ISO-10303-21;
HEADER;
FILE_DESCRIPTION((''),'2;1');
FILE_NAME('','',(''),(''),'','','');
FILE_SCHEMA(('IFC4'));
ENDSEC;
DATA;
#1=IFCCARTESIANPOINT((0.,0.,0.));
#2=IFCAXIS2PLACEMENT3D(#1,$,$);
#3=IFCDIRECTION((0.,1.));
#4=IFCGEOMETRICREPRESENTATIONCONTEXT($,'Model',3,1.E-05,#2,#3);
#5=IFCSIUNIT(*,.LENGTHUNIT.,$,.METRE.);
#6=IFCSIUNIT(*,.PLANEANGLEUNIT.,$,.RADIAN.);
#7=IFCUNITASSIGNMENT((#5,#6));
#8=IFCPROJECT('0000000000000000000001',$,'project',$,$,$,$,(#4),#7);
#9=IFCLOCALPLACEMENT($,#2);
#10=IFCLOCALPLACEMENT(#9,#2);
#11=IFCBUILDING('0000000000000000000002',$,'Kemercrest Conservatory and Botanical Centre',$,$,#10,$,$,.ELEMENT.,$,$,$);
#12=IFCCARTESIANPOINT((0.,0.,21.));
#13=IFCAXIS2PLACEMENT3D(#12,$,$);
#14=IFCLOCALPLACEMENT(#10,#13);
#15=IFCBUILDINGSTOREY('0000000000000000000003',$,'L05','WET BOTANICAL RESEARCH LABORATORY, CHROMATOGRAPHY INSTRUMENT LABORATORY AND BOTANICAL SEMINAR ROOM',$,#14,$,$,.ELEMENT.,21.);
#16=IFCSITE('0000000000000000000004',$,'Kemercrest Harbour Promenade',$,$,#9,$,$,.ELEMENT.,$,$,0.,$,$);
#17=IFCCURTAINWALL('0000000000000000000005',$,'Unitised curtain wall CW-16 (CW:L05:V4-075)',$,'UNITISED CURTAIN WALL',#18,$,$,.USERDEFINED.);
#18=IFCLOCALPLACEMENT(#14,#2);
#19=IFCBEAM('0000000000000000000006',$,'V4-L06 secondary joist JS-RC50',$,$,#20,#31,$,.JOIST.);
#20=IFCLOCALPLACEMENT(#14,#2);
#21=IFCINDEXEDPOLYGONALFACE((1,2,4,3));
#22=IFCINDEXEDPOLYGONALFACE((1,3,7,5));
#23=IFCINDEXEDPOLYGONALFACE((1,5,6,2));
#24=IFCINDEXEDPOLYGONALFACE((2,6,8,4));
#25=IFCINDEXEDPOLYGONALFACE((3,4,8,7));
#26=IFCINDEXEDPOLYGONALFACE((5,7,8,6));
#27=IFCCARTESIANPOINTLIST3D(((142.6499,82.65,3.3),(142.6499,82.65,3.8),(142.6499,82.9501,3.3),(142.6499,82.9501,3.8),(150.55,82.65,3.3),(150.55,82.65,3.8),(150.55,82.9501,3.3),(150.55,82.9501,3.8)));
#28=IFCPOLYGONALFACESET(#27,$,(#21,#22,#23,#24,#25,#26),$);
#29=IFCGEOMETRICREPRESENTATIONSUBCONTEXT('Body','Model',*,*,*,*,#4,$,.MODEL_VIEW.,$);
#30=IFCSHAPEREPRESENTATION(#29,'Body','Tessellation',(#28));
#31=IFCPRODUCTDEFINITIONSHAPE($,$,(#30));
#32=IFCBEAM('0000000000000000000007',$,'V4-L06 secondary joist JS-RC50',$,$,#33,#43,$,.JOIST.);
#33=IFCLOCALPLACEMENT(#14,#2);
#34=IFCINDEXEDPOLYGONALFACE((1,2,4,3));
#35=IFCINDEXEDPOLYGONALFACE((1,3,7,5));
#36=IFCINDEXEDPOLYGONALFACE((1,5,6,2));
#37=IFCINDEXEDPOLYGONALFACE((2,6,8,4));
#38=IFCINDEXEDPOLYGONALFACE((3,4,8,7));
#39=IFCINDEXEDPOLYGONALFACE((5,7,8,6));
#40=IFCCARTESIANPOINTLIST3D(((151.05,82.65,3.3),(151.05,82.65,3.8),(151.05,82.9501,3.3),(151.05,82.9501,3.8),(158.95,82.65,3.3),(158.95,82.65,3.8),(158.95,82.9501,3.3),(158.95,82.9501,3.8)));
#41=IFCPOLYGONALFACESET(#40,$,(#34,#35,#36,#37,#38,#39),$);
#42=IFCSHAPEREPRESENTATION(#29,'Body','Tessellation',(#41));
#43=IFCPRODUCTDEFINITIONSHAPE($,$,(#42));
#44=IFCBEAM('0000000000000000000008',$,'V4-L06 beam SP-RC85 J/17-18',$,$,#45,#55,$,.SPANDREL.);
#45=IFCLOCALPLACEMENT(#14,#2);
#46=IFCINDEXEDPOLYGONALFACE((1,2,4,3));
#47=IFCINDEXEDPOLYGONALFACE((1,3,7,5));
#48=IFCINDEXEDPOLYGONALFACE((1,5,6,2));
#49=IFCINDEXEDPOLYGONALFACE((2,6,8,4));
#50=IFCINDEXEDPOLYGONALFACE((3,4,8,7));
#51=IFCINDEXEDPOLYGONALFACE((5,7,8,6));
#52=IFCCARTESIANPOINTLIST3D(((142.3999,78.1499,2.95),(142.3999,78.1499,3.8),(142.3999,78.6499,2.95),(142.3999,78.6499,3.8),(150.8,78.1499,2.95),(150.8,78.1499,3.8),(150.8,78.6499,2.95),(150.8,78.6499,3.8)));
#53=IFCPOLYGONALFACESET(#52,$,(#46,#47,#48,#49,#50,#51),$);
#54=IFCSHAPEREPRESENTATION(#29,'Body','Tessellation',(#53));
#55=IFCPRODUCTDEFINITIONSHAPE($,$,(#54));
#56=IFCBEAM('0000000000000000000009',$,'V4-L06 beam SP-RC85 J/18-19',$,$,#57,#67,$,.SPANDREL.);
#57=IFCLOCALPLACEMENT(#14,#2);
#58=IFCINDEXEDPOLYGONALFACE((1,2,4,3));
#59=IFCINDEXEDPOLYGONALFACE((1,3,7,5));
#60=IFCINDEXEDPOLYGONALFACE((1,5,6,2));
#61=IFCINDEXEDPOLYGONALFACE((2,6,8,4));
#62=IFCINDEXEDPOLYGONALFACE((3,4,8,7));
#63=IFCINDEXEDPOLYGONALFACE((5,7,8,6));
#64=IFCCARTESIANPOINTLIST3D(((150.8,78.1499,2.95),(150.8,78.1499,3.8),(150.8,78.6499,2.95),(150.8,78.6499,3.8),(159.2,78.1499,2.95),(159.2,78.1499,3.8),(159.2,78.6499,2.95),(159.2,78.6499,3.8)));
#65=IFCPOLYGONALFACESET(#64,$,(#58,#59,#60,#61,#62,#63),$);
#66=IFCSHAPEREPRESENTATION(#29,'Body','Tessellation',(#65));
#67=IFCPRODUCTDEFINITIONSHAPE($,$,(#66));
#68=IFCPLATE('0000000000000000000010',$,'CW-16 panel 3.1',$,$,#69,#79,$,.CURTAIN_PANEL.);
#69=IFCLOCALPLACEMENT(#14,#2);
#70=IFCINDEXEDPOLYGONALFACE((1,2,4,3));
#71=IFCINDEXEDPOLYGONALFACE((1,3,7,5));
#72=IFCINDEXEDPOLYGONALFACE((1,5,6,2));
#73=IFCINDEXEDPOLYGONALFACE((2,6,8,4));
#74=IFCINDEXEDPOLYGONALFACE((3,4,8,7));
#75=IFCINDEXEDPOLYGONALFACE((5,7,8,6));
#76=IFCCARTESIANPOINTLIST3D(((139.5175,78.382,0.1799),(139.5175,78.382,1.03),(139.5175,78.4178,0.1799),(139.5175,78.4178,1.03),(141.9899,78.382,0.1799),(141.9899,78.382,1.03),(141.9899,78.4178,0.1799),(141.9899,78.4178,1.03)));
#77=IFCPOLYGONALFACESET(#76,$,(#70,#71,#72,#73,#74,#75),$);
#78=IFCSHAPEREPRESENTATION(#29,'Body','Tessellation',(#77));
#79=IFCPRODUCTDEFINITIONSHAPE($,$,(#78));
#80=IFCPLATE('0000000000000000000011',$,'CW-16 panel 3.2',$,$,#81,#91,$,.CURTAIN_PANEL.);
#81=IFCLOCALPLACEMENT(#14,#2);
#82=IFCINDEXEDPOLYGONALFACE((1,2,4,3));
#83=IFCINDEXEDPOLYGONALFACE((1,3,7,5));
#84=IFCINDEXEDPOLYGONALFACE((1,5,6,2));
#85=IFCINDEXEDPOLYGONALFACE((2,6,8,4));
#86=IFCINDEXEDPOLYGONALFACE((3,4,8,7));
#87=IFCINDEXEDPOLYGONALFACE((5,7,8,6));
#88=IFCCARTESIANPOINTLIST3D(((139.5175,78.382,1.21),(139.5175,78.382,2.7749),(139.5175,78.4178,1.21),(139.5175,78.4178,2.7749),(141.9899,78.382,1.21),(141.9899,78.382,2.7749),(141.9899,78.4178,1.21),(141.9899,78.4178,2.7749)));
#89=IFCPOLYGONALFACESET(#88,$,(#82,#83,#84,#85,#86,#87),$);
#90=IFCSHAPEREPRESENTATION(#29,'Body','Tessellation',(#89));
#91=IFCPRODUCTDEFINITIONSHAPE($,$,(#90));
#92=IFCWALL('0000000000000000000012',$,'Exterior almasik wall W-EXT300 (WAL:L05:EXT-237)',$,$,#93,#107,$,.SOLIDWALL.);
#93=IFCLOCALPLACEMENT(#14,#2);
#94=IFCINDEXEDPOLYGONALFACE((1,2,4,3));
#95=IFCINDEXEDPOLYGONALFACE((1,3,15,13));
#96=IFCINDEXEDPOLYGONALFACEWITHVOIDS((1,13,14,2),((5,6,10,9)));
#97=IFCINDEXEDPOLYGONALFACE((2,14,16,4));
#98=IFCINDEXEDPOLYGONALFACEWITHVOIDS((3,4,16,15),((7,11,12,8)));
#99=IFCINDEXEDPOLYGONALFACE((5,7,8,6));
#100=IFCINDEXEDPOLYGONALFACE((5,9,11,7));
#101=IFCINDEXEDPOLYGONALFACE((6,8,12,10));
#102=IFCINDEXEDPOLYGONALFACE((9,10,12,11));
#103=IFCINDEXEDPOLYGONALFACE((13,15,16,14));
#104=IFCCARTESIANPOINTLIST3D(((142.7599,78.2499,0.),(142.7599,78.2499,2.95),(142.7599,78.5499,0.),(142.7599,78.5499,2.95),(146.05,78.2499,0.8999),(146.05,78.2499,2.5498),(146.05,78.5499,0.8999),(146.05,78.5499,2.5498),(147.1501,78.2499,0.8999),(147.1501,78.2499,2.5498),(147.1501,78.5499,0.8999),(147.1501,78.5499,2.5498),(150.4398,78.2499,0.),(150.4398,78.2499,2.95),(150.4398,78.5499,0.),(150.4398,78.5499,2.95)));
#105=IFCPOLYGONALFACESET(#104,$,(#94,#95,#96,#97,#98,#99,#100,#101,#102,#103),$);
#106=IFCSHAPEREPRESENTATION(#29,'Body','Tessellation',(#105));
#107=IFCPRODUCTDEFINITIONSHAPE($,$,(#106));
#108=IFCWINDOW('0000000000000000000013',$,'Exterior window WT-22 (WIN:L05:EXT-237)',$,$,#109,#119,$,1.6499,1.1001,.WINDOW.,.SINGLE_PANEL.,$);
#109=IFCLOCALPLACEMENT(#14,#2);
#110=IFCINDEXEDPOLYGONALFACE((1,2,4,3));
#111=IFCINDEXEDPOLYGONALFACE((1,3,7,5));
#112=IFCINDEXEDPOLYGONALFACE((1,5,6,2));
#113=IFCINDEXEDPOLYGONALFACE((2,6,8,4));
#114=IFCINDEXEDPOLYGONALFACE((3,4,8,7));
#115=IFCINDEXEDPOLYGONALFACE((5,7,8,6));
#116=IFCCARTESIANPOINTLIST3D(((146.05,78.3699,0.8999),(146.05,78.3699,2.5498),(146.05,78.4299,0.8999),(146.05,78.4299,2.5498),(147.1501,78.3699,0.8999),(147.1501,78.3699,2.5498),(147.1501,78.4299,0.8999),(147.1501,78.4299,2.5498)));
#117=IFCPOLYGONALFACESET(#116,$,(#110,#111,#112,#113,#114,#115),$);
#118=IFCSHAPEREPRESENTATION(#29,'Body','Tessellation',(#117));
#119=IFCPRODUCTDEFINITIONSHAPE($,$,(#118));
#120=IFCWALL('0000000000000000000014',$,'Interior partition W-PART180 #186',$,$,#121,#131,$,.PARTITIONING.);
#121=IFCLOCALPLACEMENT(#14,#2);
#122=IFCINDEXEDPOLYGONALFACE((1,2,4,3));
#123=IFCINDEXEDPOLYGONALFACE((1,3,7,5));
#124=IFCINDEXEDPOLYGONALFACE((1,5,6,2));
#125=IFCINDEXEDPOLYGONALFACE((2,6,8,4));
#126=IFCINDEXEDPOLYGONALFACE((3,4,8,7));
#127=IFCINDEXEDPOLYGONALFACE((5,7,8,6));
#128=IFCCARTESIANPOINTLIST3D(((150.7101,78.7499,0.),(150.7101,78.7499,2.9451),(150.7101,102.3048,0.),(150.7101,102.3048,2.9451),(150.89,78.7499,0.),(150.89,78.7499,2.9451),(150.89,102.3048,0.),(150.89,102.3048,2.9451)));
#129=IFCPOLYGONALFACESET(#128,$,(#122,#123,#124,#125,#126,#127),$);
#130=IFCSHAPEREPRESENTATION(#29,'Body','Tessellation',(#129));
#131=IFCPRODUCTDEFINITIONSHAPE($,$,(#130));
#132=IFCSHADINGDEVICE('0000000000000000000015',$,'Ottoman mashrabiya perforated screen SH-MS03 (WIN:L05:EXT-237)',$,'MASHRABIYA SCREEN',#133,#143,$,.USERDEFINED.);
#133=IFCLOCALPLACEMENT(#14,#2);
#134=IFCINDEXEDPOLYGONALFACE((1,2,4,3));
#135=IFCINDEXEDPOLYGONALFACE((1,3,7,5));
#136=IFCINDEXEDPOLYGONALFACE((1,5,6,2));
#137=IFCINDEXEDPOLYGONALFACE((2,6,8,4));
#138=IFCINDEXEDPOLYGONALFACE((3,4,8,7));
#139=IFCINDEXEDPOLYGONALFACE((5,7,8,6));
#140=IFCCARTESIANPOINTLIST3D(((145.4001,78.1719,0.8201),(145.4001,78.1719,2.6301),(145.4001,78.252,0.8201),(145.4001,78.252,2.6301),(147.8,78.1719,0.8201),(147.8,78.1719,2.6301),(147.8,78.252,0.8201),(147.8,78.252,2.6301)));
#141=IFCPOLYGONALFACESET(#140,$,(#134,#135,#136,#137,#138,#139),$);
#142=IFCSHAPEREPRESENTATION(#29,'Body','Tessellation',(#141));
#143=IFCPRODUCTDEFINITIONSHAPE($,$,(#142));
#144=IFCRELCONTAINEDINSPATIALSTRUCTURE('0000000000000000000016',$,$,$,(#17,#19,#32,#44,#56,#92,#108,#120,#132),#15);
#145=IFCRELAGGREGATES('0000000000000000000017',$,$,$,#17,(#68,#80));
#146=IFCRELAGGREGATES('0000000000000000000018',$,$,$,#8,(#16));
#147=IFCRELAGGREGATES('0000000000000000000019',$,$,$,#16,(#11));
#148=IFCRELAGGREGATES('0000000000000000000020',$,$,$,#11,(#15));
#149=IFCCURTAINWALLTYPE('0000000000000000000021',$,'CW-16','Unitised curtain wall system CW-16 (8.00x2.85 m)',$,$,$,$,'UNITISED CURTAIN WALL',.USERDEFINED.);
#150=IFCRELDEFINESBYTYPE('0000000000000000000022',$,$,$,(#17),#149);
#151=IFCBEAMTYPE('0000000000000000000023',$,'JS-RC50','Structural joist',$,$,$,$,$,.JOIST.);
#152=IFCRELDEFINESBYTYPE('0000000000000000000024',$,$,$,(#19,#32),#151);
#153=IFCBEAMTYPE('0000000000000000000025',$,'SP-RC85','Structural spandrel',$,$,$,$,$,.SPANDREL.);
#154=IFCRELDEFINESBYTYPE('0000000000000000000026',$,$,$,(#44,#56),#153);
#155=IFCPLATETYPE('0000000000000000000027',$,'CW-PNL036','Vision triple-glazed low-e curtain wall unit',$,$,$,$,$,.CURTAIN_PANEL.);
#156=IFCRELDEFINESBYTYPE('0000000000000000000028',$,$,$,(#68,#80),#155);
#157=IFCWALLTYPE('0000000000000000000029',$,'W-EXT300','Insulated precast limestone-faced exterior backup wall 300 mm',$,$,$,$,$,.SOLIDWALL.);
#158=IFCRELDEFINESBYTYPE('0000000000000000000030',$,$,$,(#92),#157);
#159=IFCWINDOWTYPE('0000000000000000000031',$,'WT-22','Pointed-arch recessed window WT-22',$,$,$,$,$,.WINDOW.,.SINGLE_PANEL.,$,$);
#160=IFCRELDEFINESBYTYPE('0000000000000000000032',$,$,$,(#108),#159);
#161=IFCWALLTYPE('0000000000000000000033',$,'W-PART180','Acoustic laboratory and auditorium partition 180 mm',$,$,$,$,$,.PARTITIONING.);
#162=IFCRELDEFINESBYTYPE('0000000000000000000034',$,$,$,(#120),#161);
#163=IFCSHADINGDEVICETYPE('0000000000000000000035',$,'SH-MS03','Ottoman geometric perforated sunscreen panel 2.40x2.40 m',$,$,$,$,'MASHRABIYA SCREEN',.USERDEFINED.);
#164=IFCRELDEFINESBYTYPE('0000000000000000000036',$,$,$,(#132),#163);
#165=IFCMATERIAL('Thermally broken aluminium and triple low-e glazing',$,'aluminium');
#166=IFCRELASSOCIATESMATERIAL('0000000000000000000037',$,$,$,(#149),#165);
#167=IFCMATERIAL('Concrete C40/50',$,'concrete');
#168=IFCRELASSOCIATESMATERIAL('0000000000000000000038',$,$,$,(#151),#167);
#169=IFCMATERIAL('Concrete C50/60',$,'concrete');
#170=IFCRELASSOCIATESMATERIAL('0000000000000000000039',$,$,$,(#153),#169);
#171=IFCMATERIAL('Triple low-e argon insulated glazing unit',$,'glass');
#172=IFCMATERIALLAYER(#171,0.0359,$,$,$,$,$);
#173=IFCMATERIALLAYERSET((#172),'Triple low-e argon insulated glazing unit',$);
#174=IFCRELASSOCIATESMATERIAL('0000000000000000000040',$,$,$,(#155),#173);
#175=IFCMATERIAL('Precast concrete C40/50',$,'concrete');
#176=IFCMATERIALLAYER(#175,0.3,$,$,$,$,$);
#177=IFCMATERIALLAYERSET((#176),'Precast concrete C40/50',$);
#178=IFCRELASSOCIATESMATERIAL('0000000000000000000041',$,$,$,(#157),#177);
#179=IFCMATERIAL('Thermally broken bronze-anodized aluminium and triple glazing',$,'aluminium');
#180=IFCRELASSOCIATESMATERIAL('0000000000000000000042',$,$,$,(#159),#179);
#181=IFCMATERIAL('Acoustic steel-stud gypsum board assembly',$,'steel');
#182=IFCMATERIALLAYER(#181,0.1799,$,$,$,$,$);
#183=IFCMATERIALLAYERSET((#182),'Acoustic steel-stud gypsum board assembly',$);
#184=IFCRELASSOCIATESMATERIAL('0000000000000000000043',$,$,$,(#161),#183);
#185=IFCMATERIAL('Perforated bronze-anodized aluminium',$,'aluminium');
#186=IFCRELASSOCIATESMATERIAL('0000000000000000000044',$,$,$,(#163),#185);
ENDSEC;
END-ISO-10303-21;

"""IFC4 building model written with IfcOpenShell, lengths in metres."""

from ifc_helpers import new_model, si_unit, direction, frame, frame_2d, origin, origin_2d, place, context, subcontext, project, spatial, rectangle, extrude, material, layer, layer_set, material_profile, profile_set, type_object, element, fill, aggregate, save


model = new_model("IFC4")

# Units and contexts
model_context = context("Model", 3, precision=1e-05, world=origin(), true_north=direction((0.0, 1.0)))
body_context = subcontext(model_context, "Body", "Model", "MODEL_VIEW")
ifc_project = project(units=[si_unit("LENGTHUNIT", "METRE"), si_unit("PLANEANGLEUNIT", "RADIAN")], contexts=[model_context])

# Site, building, storey
site_placement = place(None, origin())
site = spatial("IfcSite", under=ifc_project, at=site_placement, Name="Kemercrest Harbour Promenade", CompositionType="ELEMENT", RefElevation=0.0)
building_placement = place(site_placement, origin())
building = spatial("IfcBuilding", under=site, at=building_placement, Name="Kemercrest Conservatory and Botanical Centre", CompositionType="ELEMENT")
storey_placement = place(building_placement, frame((0.0, 0.0, 21.0)))
storey = spatial("IfcBuildingStorey", under=building, at=storey_placement, Name="L05", Description="WET BOTANICAL RESEARCH LABORATORY, CHROMATOGRAPHY INSTRUMENT LABORATORY AND BOTANICAL SEMINAR ROOM", CompositionType="ELEMENT", Elevation=21.0)

# Shared definitions
ifc_material_1 = material(Name="Concrete C50/60", Category="concrete")

# Curtain wall
ifc_material_2 = material(Name="Thermally broken aluminium and triple low-e glazing", Category="aluminium")
curtain_wall_type_1 = type_object("IfcCurtainWallType", Name="CW-16", Description="Unitised curtain wall system CW-16 (8.00x2.85 m)", ElementType="UNITISED CURTAIN WALL", PredefinedType="USERDEFINED", material=ifc_material_2)
curtain_wall_1_placement = place(storey_placement, origin())
curtain_wall_1 = element("IfcCurtainWall", 1, at=curtain_wall_1_placement, inside=storey, type_object=curtain_wall_type_1, Name="Unitised curtain wall CW-16 (CW:L05:V4-075)", ObjectType="UNITISED CURTAIN WALL", PredefinedType="USERDEFINED")

# Beams
ifc_material_3 = material(Name="Concrete C40/50", Category="concrete")
ifc_material_profile_1 = material_profile(ifc_material_3, rectangle(XDim=0.3, YDim=0.5, at=origin_2d()), Name="RC 300x500")
ifc_profile_set_1 = profile_set([ifc_material_profile_1], Name="Concrete C40/50")
beam_type_1 = type_object("IfcBeamType", Name="JS-RC50", Description="Structural joist", PredefinedType="JOIST", material=ifc_profile_set_1)
beam_1_placement = place(storey_placement, frame((142.6499, 82.8, 3.55), z_axis=(1.0, 0.0, 0.0), x_axis=(0.0, 1.0, 0.0)))
element("IfcBeam", 2, at=beam_1_placement, inside=storey, type_object=beam_type_1, Name="V4-L06 secondary joist JS-RC50", PredefinedType="JOIST", context=body_context, shape_type="SweptSolid", body=[
    extrude(rectangle(XDim=0.3, YDim=0.5, at=origin_2d()), origin(), (0.0, 0.0, 1.0), 7.9001),
])
beam_2_placement = place(storey_placement, frame((151.05, 82.8, 3.55), z_axis=(1.0, 0.0, 0.0), x_axis=(0.0, 1.0, 0.0)))
element("IfcBeam", 3, at=beam_2_placement, inside=storey, type_object=beam_type_1, Name="V4-L06 secondary joist JS-RC50", PredefinedType="JOIST", context=body_context, shape_type="SweptSolid", body=[
    extrude(rectangle(XDim=0.3, YDim=0.5, at=origin_2d()), origin(), (0.0, 0.0, 1.0), 7.8999),
])
ifc_material_profile_2 = material_profile(ifc_material_1, rectangle(XDim=0.5, YDim=0.8501, at=origin_2d()), Name="RC 500x850")
ifc_profile_set_2 = profile_set([ifc_material_profile_2], Name="Concrete C50/60")
beam_type_2 = type_object("IfcBeamType", Name="SP-RC85", Description="Structural spandrel", PredefinedType="SPANDREL", material=ifc_profile_set_2)
beam_3_placement = place(storey_placement, frame((142.3999, 78.3999, 3.375), z_axis=(1.0, 0.0, 0.0), x_axis=(0.0, 1.0, 0.0)))
element("IfcBeam", 4, at=beam_3_placement, inside=storey, type_object=beam_type_2, Name="V4-L06 beam SP-RC85 J/17-18", PredefinedType="SPANDREL", context=body_context, shape_type="SweptSolid", body=[
    extrude(rectangle(XDim=0.5, YDim=0.8501, at=origin_2d()), origin(), (0.0, 0.0, 1.0), 8.4001),
])
beam_4_placement = place(storey_placement, frame((150.8, 78.3999, 3.375), z_axis=(1.0, 0.0, 0.0), x_axis=(0.0, 1.0, 0.0)))
element("IfcBeam", 5, at=beam_4_placement, inside=storey, type_object=beam_type_2, Name="V4-L06 beam SP-RC85 J/18-19", PredefinedType="SPANDREL", context=body_context, shape_type="SweptSolid", body=[
    extrude(rectangle(XDim=0.5, YDim=0.8501, at=origin_2d()), origin(), (0.0, 0.0, 1.0), 8.3999),
])

# Plates
ifc_material_4 = material(Name="Triple low-e argon insulated glazing unit", Category="glass")
ifc_layer_1 = layer(ifc_material_4, 0.0359)
ifc_layer_set_1 = layer_set([ifc_layer_1], Name="Triple low-e argon insulated glazing unit")
plate_type = type_object("IfcPlateType", Name="CW-PNL036", Description="Vision triple-glazed low-e curtain wall unit", PredefinedType="CURTAIN_PANEL", material=ifc_layer_set_1)
plate_1_placement = place(storey_placement, frame((140.7537, 78.3999, 0.1799), z_axis=(0.0, 0.0, 1.0), x_axis=(1.0, 0.0, 0.0)))
plate_1 = element("IfcPlate", 6, at=plate_1_placement, type_object=plate_type, Name="CW-16 panel 3.1", PredefinedType="CURTAIN_PANEL", context=body_context, shape_type="SweptSolid", body=[
    extrude(rectangle(XDim=2.4724, YDim=0.0359, at=origin_2d()), origin(), (0.0, 0.0, 1.0), 0.8501),
])
plate_2_placement = place(storey_placement, frame((140.7537, 78.3999, 1.21), z_axis=(0.0, 0.0, 1.0), x_axis=(1.0, 0.0, 0.0)))
plate_2 = element("IfcPlate", 7, at=plate_2_placement, type_object=plate_type, Name="CW-16 panel 3.2", PredefinedType="CURTAIN_PANEL", context=body_context, shape_type="SweptSolid", body=[
    extrude(rectangle(XDim=2.4724, YDim=0.0359, at=origin_2d()), origin(), (0.0, 0.0, 1.0), 1.5649),
])
aggregate(curtain_wall_1, [plate_1, plate_2])

# Wall, opening, window
ifc_material_5 = material(Name="Precast concrete C40/50", Category="concrete")
ifc_layer_2 = layer(ifc_material_5, 0.3)
ifc_layer_set_2 = layer_set([ifc_layer_2], Name="Precast concrete C40/50")
wall_type_1 = type_object("IfcWallType", Name="W-EXT300", Description="Insulated precast limestone-faced exterior backup wall 300 mm", PredefinedType="SOLIDWALL", material=ifc_layer_set_2)
wall_1_placement = place(storey_placement, frame((142.76, 78.3999, 0.0), z_axis=(0.0, 0.0, 1.0), x_axis=(1.0, 0.0, 0.0)))
wall_1 = element("IfcWall", 8, at=wall_1_placement, inside=storey, type_object=wall_type_1, Name="Exterior almasik wall W-EXT300 (WAL:L05:EXT-237)", PredefinedType="SOLIDWALL", context=body_context, shape_type="SweptSolid", body=[
    extrude(rectangle(XDim=7.6799, YDim=0.3, at=frame_2d((3.8398, 0.0))), origin(), (0.0, 0.0, 1.0), 2.95),
])
opening_placement = place(wall_1_placement, frame((3.29, 0.0, 0.8999)))
opening = element("IfcOpeningElement", 9, at=opening_placement, cuts=wall_1, PredefinedType="OPENING", context=body_context, shape_type="SweptSolid", body=[
    extrude(rectangle(XDim=1.1001, YDim=1.6499, at=frame_2d((0.55, 0.825))), frame((0.0, 0.1602, 0.0), z_axis=(0.0, -1.0, 0.0), x_axis=(1.0, 0.0, 0.0)), (0.0, 0.0, 1.0), 0.3201),
])
ifc_material_6 = material(Name="Thermally broken bronze-anodized aluminium and triple glazing", Category="aluminium")
window_type = type_object("IfcWindowType", Name="WT-22", Description="Pointed-arch recessed window WT-22", PartitioningType="SINGLE_PANEL", PredefinedType="WINDOW", material=ifc_material_6)
window_placement = place(opening_placement, origin())
window = element("IfcWindow", 10, at=window_placement, inside=storey, type_object=window_type, Name="Exterior window WT-22 (WIN:L05:EXT-237)", OverallHeight=1.6499, OverallWidth=1.1001, PartitioningType="SINGLE_PANEL", PredefinedType="WINDOW", context=body_context, shape_type="SweptSolid", body=[
    extrude(rectangle(XDim=1.1001, YDim=1.6499, at=frame_2d((0.55, 0.825))), frame((0.0, 0.03, 0.0), z_axis=(0.0, -1.0, 0.0), x_axis=(1.0, 0.0, 0.0)), (0.0, 0.0, 1.0), 0.0601),
])
fill(opening, window)

# Wall
ifc_material_7 = material(Name="Acoustic steel-stud gypsum board assembly", Category="steel")
ifc_layer_3 = layer(ifc_material_7, 0.1799)
ifc_layer_set_3 = layer_set([ifc_layer_3], Name="Acoustic steel-stud gypsum board assembly")
wall_type_2 = type_object("IfcWallType", Name="W-PART180", Description="Acoustic laboratory and auditorium partition 180 mm", PredefinedType="PARTITIONING", material=ifc_layer_set_3)
wall_2_placement = place(storey_placement, frame((150.8, 78.75, 0.0), z_axis=(0.0, 0.0, 1.0), x_axis=(0.0, 1.0, 0.0)))
element("IfcWall", 11, at=wall_2_placement, inside=storey, type_object=wall_type_2, Name="Interior partition W-PART180 #186", PredefinedType="PARTITIONING", context=body_context, shape_type="SweptSolid", body=[
    extrude(rectangle(XDim=23.5549, YDim=0.1799, at=frame_2d((11.7773, 0.0))), origin(), (0.0, 0.0, 1.0), 2.9451),
])

# Shading device
ifc_material_8 = material(Name="Perforated bronze-anodized aluminium", Category="aluminium")
shading_device_type = type_object("IfcShadingDeviceType", Name="SH-MS03", Description="Ottoman geometric perforated sunscreen panel 2.40x2.40 m", ElementType="MASHRABIYA SCREEN", PredefinedType="USERDEFINED", material=ifc_material_8)
shading_device_placement = place(storey_placement, frame((146.6001, 78.2119, 0.8201), z_axis=(0.0, 0.0, 1.0), x_axis=(1.0, 0.0, 0.0)))
element("IfcShadingDevice", 12, at=shading_device_placement, inside=storey, type_object=shading_device_type, Name="Ottoman mashrabiya perforated screen SH-MS03 (WIN:L05:EXT-237)", ObjectType="MASHRABIYA SCREEN", PredefinedType="USERDEFINED", context=body_context, shape_type="SweptSolid", body=[
    extrude(rectangle(XDim=2.3999, YDim=0.0801, at=origin_2d()), origin(), (0.0, 0.0, 1.0), 1.8101),
])

save(model, "model.ifc")
